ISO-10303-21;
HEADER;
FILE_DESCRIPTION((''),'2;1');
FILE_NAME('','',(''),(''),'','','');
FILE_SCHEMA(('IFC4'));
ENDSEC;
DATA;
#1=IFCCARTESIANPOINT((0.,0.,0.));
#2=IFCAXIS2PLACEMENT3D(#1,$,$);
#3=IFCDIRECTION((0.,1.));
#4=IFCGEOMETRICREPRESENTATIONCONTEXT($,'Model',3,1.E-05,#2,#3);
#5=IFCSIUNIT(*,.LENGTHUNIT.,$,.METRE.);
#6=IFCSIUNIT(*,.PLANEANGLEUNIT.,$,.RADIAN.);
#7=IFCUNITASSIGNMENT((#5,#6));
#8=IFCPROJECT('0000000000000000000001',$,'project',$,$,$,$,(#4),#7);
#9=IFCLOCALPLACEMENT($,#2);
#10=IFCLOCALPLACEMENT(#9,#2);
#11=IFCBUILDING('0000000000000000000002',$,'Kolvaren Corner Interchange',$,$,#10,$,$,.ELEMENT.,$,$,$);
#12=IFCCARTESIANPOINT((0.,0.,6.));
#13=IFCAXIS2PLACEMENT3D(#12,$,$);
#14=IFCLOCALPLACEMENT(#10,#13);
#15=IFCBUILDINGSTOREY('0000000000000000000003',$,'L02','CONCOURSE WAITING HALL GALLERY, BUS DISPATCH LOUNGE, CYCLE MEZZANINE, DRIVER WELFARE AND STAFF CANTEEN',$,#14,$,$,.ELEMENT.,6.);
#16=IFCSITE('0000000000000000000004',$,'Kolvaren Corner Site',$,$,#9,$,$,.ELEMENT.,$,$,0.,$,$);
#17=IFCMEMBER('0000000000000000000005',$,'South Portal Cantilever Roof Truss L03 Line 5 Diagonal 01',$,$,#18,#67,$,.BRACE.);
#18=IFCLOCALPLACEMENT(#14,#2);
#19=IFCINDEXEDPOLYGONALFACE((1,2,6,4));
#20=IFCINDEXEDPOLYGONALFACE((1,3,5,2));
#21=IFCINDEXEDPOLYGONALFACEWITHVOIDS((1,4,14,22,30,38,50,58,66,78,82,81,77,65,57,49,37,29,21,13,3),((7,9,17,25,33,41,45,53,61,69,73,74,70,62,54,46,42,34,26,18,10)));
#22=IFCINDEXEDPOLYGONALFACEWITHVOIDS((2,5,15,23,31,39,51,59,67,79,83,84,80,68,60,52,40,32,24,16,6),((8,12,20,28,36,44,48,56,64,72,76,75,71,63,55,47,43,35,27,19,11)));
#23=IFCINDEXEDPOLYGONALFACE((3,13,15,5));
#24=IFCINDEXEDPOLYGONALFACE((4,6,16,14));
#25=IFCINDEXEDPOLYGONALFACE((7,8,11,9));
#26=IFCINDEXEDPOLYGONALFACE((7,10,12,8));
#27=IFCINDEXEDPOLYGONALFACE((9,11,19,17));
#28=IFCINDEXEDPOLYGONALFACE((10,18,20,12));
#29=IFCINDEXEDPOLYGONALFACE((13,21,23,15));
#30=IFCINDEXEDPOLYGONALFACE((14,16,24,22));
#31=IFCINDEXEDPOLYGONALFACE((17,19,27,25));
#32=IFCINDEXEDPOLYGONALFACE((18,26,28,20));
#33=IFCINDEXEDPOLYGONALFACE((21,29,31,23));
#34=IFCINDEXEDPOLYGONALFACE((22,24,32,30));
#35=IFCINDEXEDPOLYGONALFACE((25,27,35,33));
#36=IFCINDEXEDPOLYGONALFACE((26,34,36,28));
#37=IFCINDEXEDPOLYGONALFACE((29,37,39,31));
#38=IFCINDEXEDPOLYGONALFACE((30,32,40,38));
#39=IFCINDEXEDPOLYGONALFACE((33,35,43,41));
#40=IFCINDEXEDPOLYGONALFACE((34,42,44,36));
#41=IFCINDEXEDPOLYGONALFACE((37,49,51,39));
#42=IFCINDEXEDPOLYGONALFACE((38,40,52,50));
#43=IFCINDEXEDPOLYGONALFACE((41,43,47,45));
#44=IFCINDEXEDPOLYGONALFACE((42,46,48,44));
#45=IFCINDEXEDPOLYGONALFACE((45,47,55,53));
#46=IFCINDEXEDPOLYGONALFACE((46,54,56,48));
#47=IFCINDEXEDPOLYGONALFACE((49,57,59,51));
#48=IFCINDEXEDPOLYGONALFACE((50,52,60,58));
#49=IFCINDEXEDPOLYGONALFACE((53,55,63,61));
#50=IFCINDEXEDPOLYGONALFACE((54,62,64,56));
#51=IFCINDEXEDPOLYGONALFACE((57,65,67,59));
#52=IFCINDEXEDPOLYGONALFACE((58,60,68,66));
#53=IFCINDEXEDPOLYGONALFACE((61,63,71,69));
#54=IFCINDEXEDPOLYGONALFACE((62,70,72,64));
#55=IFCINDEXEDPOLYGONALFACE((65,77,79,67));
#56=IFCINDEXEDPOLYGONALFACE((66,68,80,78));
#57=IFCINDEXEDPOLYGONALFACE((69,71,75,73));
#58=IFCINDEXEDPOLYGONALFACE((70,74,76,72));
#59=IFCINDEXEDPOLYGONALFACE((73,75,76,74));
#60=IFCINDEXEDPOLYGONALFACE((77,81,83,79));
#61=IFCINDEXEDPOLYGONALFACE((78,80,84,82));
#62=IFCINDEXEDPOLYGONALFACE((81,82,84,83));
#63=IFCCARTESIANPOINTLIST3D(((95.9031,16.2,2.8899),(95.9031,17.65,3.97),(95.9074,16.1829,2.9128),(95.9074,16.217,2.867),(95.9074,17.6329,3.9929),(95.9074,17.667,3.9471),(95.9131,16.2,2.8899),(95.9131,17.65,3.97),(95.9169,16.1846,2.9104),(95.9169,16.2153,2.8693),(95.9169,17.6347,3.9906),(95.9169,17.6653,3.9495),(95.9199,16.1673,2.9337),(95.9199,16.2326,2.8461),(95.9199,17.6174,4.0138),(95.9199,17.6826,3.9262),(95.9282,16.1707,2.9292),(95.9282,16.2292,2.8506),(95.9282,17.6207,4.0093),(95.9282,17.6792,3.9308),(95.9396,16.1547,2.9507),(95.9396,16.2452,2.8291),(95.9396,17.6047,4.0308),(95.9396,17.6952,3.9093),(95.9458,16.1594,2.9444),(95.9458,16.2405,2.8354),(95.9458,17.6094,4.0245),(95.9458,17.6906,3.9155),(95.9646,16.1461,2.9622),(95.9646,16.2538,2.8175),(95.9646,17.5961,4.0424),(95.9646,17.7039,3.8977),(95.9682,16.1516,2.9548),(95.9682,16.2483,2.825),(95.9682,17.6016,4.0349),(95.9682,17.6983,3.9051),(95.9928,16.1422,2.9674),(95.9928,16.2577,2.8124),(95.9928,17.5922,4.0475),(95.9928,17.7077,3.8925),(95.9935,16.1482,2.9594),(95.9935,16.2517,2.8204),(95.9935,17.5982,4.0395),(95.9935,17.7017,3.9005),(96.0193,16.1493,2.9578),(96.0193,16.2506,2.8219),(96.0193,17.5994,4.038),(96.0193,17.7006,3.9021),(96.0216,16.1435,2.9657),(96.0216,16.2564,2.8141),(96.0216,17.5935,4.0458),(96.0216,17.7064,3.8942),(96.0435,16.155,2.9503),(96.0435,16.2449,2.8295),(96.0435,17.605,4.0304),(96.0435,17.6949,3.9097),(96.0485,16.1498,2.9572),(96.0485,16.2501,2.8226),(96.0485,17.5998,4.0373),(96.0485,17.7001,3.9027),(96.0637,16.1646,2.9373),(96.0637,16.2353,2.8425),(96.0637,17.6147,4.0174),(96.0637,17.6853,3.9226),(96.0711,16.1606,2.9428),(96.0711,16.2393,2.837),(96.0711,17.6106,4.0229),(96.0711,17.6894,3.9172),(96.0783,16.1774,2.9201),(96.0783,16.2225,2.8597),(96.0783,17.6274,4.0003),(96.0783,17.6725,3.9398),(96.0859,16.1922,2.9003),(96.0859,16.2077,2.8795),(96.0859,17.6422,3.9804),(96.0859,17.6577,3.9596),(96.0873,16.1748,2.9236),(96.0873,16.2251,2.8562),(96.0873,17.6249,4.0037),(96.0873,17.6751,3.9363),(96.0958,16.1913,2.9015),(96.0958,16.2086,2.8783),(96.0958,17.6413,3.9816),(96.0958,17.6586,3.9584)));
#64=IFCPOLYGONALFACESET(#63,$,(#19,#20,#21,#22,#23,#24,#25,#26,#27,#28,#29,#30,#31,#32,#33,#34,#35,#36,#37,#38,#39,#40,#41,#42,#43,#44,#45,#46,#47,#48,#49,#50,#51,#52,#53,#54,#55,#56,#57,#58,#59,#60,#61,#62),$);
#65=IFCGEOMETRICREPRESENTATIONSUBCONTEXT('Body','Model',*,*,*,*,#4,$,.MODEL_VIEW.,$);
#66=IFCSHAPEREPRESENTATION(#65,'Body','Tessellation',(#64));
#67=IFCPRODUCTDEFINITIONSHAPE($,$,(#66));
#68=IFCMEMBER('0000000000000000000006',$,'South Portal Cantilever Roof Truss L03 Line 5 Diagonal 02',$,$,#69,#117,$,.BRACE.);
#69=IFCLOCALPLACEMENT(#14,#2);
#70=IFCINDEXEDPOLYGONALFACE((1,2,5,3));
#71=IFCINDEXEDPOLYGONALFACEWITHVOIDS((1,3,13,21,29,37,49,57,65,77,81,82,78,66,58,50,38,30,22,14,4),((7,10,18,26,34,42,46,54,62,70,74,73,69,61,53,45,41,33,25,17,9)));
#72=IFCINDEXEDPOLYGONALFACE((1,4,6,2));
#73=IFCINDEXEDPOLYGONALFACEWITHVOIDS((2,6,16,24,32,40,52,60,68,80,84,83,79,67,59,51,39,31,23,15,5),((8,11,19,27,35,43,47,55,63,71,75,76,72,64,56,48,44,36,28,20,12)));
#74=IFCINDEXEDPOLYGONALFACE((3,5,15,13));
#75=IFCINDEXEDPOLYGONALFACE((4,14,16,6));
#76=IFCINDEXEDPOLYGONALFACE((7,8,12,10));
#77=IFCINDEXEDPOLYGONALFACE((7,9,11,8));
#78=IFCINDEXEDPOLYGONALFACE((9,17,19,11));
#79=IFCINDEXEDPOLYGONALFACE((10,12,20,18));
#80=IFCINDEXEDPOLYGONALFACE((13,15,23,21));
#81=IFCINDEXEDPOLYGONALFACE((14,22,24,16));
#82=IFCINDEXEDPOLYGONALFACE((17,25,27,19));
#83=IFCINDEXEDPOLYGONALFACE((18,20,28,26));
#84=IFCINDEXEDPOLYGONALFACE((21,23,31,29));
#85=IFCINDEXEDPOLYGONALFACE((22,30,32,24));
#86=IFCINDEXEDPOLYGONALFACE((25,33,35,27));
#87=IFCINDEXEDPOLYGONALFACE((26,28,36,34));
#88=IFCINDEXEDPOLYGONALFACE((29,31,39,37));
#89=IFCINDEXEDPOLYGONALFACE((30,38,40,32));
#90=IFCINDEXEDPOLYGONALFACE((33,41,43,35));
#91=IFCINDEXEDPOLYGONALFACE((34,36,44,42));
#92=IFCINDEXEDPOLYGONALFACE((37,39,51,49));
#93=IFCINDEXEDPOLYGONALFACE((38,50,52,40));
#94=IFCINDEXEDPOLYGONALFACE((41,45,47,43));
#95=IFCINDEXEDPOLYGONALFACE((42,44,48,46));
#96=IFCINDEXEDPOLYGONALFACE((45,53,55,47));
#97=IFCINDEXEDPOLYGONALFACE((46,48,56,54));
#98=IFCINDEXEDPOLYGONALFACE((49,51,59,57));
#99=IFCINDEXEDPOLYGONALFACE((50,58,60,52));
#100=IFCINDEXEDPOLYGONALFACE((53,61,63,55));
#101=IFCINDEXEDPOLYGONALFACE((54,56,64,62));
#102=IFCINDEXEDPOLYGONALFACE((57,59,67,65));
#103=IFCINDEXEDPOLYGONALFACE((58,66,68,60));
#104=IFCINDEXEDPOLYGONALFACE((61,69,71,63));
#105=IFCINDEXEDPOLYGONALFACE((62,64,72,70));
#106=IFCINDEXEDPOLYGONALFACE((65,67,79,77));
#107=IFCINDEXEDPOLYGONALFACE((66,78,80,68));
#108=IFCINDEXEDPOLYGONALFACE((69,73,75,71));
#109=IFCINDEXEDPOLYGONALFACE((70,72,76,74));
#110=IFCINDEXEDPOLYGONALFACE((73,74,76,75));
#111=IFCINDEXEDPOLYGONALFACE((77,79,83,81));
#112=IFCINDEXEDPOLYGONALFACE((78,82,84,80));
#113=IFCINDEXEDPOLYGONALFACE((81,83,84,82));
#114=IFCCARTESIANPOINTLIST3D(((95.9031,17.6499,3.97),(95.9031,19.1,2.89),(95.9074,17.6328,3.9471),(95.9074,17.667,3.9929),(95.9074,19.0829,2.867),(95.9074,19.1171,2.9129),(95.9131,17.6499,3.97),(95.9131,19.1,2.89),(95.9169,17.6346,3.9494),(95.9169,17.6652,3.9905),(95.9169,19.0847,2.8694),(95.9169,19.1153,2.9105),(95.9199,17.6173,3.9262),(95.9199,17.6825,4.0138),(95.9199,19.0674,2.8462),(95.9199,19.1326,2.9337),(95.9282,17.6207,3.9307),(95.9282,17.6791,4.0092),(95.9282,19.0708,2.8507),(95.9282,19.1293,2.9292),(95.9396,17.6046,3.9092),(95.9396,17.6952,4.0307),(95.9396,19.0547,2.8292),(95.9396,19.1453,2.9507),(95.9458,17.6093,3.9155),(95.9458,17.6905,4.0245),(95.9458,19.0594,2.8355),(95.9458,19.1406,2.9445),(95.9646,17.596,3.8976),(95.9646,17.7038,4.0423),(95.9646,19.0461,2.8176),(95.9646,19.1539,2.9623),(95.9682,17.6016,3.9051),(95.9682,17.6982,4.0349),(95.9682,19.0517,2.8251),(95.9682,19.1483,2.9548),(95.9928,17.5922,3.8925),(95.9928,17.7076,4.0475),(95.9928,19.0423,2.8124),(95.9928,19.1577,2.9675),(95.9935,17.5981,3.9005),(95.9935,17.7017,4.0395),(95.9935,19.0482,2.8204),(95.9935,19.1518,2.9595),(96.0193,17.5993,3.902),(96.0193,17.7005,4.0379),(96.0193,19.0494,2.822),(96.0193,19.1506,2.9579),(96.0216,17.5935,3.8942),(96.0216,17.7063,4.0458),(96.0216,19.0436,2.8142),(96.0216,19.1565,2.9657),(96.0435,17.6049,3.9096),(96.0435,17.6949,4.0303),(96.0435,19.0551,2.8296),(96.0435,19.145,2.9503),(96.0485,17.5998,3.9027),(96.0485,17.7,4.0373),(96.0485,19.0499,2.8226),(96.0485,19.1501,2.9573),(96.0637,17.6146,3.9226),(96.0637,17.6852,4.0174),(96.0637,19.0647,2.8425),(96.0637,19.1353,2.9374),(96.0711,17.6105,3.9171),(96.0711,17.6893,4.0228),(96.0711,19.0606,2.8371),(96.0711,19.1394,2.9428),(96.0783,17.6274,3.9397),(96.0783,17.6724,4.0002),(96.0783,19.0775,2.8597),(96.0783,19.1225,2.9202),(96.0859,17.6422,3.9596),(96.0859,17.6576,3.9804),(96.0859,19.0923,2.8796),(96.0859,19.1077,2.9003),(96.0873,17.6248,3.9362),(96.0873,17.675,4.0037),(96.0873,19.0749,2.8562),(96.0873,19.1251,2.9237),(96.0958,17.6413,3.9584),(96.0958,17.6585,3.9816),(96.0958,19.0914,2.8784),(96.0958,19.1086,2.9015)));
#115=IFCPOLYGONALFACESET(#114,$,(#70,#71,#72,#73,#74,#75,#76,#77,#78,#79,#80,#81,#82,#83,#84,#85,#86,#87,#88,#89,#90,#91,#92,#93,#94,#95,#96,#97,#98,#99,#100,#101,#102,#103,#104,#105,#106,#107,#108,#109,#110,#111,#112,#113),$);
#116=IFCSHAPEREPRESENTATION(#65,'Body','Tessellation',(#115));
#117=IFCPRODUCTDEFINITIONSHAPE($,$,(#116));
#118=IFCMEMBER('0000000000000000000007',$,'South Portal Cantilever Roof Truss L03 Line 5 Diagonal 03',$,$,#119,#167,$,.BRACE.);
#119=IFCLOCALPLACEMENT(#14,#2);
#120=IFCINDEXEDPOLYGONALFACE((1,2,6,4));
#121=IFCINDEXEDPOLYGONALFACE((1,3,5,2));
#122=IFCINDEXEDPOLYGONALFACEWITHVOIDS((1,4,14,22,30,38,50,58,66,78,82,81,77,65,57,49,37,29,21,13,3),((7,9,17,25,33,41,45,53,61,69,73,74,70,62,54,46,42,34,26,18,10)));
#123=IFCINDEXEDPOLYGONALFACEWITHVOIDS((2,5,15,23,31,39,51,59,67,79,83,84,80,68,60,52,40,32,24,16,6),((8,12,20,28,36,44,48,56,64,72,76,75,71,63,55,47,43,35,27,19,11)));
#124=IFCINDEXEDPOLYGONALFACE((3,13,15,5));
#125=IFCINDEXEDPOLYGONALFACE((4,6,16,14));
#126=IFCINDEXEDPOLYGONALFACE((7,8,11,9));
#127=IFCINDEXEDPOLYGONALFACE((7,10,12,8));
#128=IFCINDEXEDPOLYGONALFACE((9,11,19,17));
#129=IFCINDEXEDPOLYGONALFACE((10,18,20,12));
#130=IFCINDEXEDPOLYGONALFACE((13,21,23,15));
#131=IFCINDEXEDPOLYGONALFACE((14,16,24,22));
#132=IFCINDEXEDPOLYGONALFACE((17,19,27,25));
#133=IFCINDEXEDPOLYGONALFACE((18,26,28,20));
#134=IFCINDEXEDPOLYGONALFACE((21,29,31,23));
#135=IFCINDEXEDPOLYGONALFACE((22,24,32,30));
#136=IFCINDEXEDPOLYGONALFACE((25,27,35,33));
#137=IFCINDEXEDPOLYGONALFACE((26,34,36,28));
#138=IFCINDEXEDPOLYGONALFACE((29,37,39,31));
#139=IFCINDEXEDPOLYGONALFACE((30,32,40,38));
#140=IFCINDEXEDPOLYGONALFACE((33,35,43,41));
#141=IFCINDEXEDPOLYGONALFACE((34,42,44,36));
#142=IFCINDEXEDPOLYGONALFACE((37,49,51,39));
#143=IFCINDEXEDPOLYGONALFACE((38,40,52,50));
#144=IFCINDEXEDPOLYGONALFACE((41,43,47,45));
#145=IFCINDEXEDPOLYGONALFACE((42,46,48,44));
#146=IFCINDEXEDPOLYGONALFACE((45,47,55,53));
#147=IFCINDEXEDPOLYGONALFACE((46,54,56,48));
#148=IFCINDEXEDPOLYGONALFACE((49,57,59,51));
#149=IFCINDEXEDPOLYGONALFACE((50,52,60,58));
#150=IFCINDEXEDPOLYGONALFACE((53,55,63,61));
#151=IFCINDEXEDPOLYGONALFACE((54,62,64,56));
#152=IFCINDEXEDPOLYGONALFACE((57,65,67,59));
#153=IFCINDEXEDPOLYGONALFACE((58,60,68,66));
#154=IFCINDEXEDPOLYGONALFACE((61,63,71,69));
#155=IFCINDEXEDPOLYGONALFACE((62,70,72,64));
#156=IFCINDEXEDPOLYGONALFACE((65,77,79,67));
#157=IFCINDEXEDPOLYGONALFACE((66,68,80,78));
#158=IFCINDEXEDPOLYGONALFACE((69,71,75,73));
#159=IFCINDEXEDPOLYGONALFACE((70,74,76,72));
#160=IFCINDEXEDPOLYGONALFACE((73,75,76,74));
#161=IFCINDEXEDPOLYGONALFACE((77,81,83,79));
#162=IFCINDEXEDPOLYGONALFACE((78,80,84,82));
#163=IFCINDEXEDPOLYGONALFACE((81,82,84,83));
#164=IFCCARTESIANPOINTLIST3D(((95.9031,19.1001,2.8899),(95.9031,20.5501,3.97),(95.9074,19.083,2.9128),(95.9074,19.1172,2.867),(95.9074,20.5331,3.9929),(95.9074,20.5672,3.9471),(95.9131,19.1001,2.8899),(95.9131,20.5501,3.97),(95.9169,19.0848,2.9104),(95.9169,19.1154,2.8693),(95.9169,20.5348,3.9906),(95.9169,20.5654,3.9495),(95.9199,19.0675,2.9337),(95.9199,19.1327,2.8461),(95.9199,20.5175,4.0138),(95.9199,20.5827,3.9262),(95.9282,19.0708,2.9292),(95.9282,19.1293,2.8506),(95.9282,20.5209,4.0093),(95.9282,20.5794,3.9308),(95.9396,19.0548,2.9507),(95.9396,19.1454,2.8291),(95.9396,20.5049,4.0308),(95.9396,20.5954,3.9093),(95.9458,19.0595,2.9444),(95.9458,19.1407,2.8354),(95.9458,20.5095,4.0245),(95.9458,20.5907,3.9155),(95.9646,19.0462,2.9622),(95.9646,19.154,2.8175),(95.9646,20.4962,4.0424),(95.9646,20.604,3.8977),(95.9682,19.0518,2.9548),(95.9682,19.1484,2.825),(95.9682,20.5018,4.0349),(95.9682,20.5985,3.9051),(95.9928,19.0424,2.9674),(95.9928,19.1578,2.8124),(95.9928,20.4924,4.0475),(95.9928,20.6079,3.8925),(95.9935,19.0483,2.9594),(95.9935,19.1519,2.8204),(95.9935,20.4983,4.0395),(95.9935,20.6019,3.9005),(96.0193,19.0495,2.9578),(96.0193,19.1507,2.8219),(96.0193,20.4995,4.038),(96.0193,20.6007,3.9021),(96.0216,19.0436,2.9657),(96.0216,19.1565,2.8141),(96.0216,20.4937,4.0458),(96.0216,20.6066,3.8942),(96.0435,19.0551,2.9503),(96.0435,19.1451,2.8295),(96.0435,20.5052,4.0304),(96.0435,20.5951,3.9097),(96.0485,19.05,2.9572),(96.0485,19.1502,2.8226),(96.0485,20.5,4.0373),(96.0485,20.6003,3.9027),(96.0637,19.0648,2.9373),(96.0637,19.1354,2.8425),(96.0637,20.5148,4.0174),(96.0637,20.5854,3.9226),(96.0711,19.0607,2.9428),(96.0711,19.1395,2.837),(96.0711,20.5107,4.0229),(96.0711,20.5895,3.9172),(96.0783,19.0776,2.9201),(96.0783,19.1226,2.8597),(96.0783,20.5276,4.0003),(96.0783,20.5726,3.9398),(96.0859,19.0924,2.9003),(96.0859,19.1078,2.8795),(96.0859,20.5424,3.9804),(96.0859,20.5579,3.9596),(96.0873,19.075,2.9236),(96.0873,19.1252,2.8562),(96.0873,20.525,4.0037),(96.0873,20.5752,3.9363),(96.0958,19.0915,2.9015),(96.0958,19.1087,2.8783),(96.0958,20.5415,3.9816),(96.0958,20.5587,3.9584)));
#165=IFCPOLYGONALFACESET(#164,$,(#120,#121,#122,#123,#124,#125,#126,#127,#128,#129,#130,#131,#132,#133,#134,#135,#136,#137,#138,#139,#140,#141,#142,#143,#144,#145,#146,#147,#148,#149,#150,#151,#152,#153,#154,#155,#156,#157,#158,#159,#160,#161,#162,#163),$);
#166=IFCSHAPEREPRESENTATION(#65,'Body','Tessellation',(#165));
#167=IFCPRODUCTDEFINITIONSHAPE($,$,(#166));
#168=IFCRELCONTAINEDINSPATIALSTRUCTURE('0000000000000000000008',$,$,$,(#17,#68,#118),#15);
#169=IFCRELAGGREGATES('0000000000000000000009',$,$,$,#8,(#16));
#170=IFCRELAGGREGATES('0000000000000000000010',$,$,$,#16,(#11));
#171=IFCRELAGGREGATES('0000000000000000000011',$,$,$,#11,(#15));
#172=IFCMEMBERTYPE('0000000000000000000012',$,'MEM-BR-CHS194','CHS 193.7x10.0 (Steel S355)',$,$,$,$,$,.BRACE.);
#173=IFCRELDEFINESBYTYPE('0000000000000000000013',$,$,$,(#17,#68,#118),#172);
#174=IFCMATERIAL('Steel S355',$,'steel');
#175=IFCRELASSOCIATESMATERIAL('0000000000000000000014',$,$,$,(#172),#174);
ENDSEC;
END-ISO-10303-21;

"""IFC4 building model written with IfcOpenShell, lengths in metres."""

from ifc_helpers import new_model, si_unit, direction, frame, origin, origin_2d, place, context, subcontext, project, spatial, hollow_circle, extrude, material, material_profile, profile_set, type_object, element, save


model = new_model("IFC4")

# Units and contexts
model_context = context("Model", 3, precision=1e-05, world=origin(), true_north=direction((0.0, 1.0)))
body_context = subcontext(model_context, "Body", "Model", "MODEL_VIEW")
ifc_project = project(units=[si_unit("LENGTHUNIT", "METRE"), si_unit("PLANEANGLEUNIT", "RADIAN")], contexts=[model_context])

# Site, building, storey
site_placement = place(None, origin())
site = spatial("IfcSite", under=ifc_project, at=site_placement, Name="Kolvaren Corner Site", CompositionType="ELEMENT", RefElevation=0.0)
building_placement = place(site_placement, origin())
building = spatial("IfcBuilding", under=site, at=building_placement, Name="Kolvaren Corner Interchange", CompositionType="ELEMENT")
storey_placement = place(building_placement, frame((0.0, 0.0, 6.0)))
storey = spatial("IfcBuildingStorey", under=building, at=storey_placement, Name="L02", Description="CONCOURSE WAITING HALL GALLERY, BUS DISPATCH LOUNGE, CYCLE MEZZANINE, DRIVER WELFARE AND STAFF CANTEEN", CompositionType="ELEMENT", Elevation=6.0)

# Members
ifc_material_1 = material(Name="Steel S355", Category="steel")
ifc_material_profile_1 = material_profile(ifc_material_1, hollow_circle(Radius=0.0969, WallThickness=0.01, at=origin_2d()), Name="CHS 193.7x10.0")
ifc_profile_set_1 = profile_set([ifc_material_profile_1], Name="Steel S355")
member_type_1 = type_object("IfcMemberType", Name="MEM-BR-CHS194", Description="CHS 193.7x10.0 (Steel S355)", PredefinedType="BRACE", material=ifc_profile_set_1)
for number, where, z_axis, x_axis, name in (
    (1, (96.0, 16.2, 2.8899), (0.0, 0.801956, 0.597383), (-1.0, 0.0, 0.0), "South Portal Cantilever Roof Truss L03 Line 5 Diagonal 01"),
    (2, (96.0, 17.6499, 3.97), (0.0, 0.802005, -0.597318), (-1.0, 0.0, 0.0), "South Portal Cantilever Roof Truss L03 Line 5 Diagonal 02"),
    (3, (96.0, 19.1001, 2.8899), (0.0, 0.801956, 0.597383), (-1.0, 0.0, 0.0), "South Portal Cantilever Roof Truss L03 Line 5 Diagonal 03"),
):
    element("IfcMember", number, at=place(storey_placement, frame(where, z_axis=z_axis, x_axis=x_axis)), inside=storey, type_object=member_type_1, Name=name, PredefinedType="BRACE", context=body_context, shape_type="SweptSolid", body=[
        extrude(hollow_circle(Radius=0.0969, WallThickness=0.01, at=origin_2d()), origin(), (0.0, 0.0, 1.0), 1.8081),
    ])

save(model, "model.ifc")
